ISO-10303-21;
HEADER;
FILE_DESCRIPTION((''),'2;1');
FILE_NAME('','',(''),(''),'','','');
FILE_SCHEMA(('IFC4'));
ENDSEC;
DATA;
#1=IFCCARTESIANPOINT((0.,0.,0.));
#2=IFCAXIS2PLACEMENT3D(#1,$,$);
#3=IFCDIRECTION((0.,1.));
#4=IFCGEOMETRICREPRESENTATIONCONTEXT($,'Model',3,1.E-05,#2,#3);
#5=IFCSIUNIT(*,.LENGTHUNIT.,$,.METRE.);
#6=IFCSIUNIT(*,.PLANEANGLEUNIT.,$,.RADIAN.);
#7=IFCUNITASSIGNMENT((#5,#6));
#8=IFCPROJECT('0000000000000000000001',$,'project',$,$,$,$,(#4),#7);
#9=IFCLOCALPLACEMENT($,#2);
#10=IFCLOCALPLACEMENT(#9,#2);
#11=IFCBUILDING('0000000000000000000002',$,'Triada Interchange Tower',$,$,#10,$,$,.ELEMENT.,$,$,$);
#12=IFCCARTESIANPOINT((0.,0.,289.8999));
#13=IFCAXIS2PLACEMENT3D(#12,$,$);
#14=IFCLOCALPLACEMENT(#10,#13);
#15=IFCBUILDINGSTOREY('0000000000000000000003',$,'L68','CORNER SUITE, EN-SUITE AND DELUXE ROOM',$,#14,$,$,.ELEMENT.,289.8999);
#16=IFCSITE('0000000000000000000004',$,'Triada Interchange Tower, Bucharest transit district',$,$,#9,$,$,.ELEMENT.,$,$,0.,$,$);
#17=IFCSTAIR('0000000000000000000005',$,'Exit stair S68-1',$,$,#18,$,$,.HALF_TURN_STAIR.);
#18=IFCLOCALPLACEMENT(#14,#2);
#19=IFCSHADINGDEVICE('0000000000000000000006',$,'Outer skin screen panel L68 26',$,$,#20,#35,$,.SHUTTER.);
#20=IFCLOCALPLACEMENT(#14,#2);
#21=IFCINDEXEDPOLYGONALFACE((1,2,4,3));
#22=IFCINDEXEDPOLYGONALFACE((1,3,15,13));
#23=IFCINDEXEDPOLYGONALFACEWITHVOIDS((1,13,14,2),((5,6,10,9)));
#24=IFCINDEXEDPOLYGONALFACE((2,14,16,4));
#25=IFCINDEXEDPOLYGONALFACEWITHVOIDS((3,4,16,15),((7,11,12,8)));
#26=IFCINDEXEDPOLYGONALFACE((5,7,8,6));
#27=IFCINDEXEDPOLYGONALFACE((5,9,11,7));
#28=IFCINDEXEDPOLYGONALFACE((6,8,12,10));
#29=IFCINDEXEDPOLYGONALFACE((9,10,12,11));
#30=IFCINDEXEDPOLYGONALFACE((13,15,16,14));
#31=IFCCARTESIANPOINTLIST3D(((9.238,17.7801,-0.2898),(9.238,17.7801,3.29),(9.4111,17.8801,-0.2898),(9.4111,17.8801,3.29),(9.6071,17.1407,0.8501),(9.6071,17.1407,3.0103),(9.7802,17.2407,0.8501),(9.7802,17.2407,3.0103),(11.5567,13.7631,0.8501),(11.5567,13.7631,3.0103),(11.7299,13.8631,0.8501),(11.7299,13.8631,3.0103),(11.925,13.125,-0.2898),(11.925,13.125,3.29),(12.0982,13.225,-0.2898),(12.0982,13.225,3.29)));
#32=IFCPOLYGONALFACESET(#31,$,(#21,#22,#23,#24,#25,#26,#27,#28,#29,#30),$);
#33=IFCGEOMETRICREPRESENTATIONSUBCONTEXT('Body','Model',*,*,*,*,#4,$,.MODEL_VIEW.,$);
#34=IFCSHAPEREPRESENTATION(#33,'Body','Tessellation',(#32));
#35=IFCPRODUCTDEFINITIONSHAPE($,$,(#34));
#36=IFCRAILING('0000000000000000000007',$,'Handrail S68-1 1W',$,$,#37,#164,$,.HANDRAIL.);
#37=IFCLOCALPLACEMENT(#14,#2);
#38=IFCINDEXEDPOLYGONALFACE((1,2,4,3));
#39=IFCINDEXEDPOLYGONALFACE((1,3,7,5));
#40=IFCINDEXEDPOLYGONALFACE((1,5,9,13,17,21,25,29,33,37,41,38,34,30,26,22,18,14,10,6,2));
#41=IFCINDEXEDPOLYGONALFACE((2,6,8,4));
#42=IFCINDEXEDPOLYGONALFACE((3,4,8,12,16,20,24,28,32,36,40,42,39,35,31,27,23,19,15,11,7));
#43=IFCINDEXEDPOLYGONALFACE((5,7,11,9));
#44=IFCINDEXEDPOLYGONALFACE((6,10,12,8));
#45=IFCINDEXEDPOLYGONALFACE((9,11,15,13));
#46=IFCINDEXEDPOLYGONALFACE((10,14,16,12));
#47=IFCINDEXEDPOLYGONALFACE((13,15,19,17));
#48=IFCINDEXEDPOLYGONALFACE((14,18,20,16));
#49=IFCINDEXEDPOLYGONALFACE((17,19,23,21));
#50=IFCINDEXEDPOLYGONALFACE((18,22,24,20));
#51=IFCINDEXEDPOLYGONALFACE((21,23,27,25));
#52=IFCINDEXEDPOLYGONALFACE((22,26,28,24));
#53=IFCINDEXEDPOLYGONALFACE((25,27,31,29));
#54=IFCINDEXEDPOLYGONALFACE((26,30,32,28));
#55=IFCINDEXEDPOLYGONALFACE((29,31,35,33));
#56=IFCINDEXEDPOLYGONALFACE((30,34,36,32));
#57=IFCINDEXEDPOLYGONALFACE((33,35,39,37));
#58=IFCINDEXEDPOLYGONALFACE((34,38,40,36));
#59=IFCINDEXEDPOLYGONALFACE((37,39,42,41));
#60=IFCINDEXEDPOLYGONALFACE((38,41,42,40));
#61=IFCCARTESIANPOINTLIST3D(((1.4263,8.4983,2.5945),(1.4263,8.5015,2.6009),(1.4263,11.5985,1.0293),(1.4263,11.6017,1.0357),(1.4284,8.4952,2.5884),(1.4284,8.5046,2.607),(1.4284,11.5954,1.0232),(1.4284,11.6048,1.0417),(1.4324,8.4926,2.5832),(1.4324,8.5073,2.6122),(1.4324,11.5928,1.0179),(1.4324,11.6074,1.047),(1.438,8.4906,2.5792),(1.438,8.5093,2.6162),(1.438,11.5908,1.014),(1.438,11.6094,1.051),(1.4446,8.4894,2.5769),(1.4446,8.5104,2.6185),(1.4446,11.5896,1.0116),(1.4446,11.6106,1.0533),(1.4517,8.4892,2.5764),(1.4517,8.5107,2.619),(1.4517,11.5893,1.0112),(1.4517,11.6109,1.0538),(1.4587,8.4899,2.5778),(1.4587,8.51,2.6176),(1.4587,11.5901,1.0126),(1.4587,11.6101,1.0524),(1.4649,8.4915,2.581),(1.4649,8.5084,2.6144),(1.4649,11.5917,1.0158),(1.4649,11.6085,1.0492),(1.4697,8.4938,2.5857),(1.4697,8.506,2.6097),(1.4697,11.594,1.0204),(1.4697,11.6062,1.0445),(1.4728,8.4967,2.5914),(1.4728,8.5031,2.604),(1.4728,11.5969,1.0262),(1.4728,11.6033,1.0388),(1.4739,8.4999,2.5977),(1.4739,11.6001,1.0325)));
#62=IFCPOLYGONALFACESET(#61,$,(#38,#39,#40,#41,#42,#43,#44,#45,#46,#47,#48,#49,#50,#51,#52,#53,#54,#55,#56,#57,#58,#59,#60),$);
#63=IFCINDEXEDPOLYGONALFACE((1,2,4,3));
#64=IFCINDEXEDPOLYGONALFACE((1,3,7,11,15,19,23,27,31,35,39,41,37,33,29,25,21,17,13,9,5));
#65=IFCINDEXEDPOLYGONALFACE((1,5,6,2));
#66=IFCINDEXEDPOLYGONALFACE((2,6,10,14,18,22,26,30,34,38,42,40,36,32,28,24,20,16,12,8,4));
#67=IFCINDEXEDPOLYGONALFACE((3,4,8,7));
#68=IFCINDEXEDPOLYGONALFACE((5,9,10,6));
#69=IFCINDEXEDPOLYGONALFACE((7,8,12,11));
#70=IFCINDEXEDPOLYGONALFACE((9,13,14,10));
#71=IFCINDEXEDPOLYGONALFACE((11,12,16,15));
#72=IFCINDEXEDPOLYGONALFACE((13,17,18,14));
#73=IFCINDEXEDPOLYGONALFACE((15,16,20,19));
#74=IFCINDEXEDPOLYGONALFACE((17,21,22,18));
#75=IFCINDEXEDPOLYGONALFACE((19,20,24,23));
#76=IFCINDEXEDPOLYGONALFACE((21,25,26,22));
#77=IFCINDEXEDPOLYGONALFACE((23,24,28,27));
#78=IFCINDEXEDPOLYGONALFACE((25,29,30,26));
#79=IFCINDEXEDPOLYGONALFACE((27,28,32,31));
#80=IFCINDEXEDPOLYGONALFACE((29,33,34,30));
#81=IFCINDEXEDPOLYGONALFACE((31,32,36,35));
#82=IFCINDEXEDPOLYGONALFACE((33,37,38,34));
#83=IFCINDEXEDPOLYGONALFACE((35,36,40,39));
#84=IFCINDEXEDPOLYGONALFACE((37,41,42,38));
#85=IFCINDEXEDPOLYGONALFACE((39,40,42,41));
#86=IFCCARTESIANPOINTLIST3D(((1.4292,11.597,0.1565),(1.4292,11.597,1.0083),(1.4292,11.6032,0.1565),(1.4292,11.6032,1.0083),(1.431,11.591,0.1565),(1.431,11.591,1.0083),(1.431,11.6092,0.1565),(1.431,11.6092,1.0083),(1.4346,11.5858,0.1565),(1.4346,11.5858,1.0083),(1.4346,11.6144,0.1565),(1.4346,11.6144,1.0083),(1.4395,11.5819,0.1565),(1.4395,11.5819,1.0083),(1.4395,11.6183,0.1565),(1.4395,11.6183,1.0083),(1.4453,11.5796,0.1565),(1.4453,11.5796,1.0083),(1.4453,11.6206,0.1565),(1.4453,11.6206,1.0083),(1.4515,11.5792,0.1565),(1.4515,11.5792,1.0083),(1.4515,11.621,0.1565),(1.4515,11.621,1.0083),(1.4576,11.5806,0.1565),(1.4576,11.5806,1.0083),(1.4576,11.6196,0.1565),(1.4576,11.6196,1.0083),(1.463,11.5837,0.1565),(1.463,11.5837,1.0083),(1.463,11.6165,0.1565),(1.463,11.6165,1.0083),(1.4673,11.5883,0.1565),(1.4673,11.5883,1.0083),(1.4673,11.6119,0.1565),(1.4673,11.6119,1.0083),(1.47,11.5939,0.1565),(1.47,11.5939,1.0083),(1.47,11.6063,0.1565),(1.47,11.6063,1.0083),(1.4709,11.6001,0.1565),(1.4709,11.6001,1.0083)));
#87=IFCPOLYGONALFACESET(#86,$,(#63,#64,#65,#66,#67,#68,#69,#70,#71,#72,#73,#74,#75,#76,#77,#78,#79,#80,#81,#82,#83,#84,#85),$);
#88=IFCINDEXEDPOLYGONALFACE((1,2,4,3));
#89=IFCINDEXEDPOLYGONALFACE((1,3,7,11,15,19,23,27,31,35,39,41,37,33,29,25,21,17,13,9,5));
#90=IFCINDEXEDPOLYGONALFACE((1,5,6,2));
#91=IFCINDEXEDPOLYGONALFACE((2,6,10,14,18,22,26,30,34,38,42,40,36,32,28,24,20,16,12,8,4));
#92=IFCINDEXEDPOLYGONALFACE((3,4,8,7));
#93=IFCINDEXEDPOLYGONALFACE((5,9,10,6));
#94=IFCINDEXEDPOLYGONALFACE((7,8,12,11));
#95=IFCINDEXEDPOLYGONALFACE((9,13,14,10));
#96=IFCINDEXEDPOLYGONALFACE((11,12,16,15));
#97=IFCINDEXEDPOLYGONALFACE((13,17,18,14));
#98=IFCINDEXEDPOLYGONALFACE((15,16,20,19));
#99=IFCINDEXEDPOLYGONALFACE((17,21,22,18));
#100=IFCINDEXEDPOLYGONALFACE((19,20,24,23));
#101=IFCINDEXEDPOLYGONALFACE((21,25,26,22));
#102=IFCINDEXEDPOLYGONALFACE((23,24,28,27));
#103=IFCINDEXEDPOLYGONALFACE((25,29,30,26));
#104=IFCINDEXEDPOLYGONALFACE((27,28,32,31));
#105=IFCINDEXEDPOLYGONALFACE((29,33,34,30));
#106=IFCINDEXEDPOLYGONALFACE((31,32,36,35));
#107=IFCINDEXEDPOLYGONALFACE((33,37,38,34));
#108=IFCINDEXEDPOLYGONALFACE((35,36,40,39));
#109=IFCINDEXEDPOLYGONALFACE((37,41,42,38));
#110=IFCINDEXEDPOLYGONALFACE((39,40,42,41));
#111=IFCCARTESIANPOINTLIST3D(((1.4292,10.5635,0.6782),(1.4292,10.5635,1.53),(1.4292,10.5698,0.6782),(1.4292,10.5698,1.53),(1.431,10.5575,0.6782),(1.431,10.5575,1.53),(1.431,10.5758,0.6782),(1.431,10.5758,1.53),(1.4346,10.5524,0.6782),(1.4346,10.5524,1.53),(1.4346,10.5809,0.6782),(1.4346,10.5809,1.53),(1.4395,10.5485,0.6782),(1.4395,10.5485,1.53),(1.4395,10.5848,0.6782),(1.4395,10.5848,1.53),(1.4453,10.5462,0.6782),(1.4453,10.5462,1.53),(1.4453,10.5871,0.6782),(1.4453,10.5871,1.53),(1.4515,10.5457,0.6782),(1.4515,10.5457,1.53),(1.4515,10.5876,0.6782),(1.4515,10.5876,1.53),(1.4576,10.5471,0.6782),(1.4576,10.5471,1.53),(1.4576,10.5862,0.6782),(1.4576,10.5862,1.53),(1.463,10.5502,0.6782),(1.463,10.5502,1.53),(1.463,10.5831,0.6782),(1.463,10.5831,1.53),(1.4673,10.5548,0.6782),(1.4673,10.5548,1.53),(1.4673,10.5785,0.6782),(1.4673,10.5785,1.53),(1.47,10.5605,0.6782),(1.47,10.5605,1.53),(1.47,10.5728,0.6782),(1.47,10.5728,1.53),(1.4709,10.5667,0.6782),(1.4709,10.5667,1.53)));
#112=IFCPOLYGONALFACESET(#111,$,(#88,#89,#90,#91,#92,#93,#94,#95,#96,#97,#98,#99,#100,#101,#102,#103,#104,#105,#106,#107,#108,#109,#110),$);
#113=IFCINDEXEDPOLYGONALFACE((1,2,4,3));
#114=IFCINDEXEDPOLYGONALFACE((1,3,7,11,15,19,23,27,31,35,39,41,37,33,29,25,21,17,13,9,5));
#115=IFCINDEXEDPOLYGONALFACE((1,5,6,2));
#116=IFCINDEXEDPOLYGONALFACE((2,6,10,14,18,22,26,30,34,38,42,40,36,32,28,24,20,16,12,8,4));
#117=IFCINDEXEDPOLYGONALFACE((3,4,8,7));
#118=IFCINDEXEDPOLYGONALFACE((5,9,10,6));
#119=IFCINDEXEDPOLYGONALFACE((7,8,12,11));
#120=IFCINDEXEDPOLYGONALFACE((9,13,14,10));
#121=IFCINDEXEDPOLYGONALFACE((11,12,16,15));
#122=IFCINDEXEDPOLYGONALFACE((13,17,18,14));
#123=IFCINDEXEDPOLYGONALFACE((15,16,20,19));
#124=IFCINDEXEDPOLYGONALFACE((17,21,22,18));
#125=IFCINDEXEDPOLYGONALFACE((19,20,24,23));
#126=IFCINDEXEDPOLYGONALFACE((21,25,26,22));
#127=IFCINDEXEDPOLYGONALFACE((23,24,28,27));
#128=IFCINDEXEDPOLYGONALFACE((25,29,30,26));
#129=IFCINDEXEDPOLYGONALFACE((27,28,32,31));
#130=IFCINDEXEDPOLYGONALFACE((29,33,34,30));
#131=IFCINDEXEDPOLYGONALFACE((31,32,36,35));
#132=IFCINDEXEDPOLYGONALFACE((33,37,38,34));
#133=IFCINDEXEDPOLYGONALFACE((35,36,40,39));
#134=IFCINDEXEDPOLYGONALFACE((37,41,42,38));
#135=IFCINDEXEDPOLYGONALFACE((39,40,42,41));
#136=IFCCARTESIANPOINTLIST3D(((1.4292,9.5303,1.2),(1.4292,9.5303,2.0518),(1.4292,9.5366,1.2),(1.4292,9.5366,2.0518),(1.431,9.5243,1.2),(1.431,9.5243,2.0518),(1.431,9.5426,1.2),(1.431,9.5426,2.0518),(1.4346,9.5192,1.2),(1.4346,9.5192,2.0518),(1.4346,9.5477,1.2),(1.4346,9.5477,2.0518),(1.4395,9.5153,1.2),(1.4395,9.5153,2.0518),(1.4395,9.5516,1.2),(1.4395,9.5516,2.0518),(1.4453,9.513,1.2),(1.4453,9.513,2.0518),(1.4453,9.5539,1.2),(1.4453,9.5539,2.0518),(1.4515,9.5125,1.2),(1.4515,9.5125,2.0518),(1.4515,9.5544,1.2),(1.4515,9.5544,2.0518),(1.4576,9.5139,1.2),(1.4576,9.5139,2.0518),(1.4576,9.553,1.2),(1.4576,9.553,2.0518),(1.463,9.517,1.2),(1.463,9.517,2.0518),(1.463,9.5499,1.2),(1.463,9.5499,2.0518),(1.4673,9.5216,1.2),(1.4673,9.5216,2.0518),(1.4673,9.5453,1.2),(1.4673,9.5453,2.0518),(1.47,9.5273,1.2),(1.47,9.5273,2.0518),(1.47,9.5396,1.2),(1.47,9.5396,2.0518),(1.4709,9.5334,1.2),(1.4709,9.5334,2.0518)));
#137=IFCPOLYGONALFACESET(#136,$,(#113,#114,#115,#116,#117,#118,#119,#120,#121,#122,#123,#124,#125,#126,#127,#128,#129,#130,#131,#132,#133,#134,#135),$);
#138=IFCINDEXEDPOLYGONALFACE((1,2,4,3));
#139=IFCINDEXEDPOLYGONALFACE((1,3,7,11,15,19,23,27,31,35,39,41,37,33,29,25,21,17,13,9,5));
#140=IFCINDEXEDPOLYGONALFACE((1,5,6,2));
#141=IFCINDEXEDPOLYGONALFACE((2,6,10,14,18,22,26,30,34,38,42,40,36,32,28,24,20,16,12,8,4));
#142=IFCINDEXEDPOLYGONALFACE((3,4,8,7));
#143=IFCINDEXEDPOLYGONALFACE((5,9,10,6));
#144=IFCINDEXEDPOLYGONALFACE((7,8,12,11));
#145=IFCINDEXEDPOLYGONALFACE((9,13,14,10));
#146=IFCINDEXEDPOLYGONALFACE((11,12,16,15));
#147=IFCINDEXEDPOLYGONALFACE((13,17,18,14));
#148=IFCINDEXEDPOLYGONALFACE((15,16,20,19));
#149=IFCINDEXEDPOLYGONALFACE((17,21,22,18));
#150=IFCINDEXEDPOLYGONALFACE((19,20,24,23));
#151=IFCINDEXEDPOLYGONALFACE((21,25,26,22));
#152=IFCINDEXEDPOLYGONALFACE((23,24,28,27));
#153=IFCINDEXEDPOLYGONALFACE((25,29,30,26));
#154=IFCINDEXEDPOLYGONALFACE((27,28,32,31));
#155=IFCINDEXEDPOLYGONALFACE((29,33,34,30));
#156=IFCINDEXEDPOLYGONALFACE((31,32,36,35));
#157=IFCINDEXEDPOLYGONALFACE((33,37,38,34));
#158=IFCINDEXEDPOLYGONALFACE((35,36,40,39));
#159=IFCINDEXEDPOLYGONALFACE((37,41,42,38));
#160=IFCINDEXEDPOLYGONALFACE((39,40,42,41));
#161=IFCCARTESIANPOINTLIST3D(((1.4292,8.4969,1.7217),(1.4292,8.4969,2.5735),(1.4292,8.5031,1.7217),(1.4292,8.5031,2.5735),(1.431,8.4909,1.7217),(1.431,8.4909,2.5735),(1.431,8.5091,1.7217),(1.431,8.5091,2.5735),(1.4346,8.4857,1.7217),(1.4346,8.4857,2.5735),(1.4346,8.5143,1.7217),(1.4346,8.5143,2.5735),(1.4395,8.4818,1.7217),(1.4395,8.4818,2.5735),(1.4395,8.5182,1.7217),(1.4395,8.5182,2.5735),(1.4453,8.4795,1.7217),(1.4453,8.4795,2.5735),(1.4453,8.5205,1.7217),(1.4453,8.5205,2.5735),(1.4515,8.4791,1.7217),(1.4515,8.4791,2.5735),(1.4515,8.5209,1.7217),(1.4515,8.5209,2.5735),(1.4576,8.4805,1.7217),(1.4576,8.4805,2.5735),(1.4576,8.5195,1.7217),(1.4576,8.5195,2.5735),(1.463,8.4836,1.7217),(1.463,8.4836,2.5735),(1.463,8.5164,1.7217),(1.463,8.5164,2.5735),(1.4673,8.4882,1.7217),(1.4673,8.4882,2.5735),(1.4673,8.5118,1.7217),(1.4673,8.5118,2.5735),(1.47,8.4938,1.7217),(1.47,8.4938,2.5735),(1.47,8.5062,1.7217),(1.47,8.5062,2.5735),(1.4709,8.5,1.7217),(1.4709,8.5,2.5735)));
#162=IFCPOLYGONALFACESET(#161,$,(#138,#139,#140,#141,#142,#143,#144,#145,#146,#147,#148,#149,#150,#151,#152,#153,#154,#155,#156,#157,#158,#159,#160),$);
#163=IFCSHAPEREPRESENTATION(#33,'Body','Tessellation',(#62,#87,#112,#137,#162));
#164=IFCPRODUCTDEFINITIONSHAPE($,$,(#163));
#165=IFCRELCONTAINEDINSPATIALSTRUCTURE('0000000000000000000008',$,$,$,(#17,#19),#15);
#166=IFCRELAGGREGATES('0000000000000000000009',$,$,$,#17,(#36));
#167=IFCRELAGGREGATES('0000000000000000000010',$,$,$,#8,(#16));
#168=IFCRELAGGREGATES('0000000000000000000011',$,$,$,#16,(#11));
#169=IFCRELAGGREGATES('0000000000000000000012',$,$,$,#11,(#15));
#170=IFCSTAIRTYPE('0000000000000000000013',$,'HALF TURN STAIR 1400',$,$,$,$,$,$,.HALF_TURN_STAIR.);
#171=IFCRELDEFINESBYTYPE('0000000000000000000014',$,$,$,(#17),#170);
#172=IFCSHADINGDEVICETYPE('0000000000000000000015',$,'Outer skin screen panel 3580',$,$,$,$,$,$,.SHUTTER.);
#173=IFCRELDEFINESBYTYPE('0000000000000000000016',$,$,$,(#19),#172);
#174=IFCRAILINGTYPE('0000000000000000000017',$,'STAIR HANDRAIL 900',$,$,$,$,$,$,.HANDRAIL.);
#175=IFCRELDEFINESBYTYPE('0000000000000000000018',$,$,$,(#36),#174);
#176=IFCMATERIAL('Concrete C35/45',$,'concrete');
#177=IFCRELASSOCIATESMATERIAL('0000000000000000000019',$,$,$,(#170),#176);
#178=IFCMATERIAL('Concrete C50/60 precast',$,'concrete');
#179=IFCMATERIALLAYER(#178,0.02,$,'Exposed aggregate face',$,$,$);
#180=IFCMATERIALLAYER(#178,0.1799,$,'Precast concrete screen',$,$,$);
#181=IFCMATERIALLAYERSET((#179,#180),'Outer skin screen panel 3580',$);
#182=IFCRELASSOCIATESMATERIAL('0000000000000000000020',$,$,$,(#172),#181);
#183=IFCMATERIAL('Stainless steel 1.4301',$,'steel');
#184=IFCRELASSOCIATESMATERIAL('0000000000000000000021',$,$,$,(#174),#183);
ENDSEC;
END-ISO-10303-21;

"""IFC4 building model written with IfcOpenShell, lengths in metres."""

from ifc_helpers import new_model, si_unit, direction, frame, origin, origin_2d, place, context, subcontext, project, spatial, polyline, circle, outline, extrude, material, layer, layer_set, type_object, element, aggregate, save


model = new_model("IFC4")

# Units and contexts
model_context = context("Model", 3, precision=1e-05, world=origin(), true_north=direction((0.0, 1.0)))
body_context = subcontext(model_context, "Body", "Model", "MODEL_VIEW")
ifc_project = project(units=[si_unit("LENGTHUNIT", "METRE"), si_unit("PLANEANGLEUNIT", "RADIAN")], contexts=[model_context])

# Site, building, storey
site_placement = place(None, origin())
site = spatial("IfcSite", under=ifc_project, at=site_placement, Name="Triada Interchange Tower, Bucharest transit district", CompositionType="ELEMENT", RefElevation=0.0)
building_placement = place(site_placement, origin())
building = spatial("IfcBuilding", under=site, at=building_placement, Name="Triada Interchange Tower", CompositionType="ELEMENT")
storey_placement = place(building_placement, frame((0.0, 0.0, 289.8999)))
storey = spatial("IfcBuildingStorey", under=building, at=storey_placement, Name="L68", Description="CORNER SUITE, EN-SUITE AND DELUXE ROOM", CompositionType="ELEMENT", Elevation=289.8999)

# Stair
ifc_material_1 = material(Name="Concrete C35/45", Category="concrete")
stair_type = type_object("IfcStairType", Name="HALF TURN STAIR 1400", PredefinedType="HALF_TURN_STAIR", material=ifc_material_1)
stair_placement = place(storey_placement, origin())
stair = element("IfcStair", 1, at=stair_placement, inside=storey, type_object=stair_type, Name="Exit stair S68-1", PredefinedType="HALF_TURN_STAIR")

# Shading device
ifc_material_2 = material(Name="Concrete C50/60 precast", Category="concrete")
ifc_layer_1 = layer(ifc_material_2, 0.02, Name="Exposed aggregate face")
ifc_layer_2 = layer(ifc_material_2, 0.1799, Name="Precast concrete screen")
ifc_layer_set_1 = layer_set([ifc_layer_1, ifc_layer_2], Name="Outer skin screen panel 3580")
shading_device_type = type_object("IfcShadingDeviceType", Name="Outer skin screen panel 3580", PredefinedType="SHUTTER", material=ifc_layer_set_1)
shading_device_1_placement = place(storey_placement, frame((11.925, 13.125, -0.2898), z_axis=(0.0, 0.0, 1.0), x_axis=(-0.49992, 0.866071, 0.0)))
element("IfcShadingDevice", 2, at=shading_device_1_placement, inside=storey, type_object=shading_device_type, Name="Outer skin screen panel L68 26", PredefinedType="SHUTTER", context=body_context, shape_type="SweptSolid", body=[
    extrude(outline(polyline([(0.0, 0.0), (5.375, 0.0), (5.375, 3.5798), (0.0, 3.5798), (0.0, 0.0)]), holes=[polyline([(0.7368, 1.1399), (0.7368, 3.3), (4.6367, 3.3), (4.6367, 1.1399), (0.7368, 1.1399)])]), frame((0.0, 0.0, 0.0), z_axis=(0.0, -1.0, 0.0), x_axis=(1.0, 0.0, 0.0)), (0.0, 0.0, 1.0), 0.2),
])

# Railing
ifc_material_3 = material(Name="Stainless steel 1.4301", Category="steel")
railing_type = type_object("IfcRailingType", Name="STAIR HANDRAIL 900", PredefinedType="HANDRAIL", material=ifc_material_3)
railing_1_placement = place(storey_placement, frame((1.45, 11.6001, 0.1565)))
railing_1 = element("IfcRailing", 3, at=railing_1_placement, type_object=railing_type, Name="Handrail S68-1 1W", PredefinedType="HANDRAIL", context=body_context, shape_type="SweptSolid", body=[
    extrude(circle(Radius=0.0239, at=origin_2d()), frame((0.0, 0.0, 0.876), z_axis=(0.0, -0.892677, 0.450697), x_axis=(1.0, 0.0, 0.0)), (0.0, 0.0, 1.0), 3.4729),
    extrude(circle(Radius=0.021, at=origin_2d()), origin(), (0.0, 0.0, 1.0), 0.8518),
    extrude(circle(Radius=0.021, at=origin_2d()), frame((0.0, -1.0334, 0.5217)), (0.0, 0.0, 1.0), 0.8518),
    extrude(circle(Radius=0.021, at=origin_2d()), frame((0.0, -2.0667, 1.0435)), (0.0, 0.0, 1.0), 0.8518),
    extrude(circle(Radius=0.021, at=origin_2d()), frame((0.0, -3.1001, 1.5652)), (0.0, 0.0, 1.0), 0.8518),
])
aggregate(stair, [railing_1])

save(model, "model.ifc")
